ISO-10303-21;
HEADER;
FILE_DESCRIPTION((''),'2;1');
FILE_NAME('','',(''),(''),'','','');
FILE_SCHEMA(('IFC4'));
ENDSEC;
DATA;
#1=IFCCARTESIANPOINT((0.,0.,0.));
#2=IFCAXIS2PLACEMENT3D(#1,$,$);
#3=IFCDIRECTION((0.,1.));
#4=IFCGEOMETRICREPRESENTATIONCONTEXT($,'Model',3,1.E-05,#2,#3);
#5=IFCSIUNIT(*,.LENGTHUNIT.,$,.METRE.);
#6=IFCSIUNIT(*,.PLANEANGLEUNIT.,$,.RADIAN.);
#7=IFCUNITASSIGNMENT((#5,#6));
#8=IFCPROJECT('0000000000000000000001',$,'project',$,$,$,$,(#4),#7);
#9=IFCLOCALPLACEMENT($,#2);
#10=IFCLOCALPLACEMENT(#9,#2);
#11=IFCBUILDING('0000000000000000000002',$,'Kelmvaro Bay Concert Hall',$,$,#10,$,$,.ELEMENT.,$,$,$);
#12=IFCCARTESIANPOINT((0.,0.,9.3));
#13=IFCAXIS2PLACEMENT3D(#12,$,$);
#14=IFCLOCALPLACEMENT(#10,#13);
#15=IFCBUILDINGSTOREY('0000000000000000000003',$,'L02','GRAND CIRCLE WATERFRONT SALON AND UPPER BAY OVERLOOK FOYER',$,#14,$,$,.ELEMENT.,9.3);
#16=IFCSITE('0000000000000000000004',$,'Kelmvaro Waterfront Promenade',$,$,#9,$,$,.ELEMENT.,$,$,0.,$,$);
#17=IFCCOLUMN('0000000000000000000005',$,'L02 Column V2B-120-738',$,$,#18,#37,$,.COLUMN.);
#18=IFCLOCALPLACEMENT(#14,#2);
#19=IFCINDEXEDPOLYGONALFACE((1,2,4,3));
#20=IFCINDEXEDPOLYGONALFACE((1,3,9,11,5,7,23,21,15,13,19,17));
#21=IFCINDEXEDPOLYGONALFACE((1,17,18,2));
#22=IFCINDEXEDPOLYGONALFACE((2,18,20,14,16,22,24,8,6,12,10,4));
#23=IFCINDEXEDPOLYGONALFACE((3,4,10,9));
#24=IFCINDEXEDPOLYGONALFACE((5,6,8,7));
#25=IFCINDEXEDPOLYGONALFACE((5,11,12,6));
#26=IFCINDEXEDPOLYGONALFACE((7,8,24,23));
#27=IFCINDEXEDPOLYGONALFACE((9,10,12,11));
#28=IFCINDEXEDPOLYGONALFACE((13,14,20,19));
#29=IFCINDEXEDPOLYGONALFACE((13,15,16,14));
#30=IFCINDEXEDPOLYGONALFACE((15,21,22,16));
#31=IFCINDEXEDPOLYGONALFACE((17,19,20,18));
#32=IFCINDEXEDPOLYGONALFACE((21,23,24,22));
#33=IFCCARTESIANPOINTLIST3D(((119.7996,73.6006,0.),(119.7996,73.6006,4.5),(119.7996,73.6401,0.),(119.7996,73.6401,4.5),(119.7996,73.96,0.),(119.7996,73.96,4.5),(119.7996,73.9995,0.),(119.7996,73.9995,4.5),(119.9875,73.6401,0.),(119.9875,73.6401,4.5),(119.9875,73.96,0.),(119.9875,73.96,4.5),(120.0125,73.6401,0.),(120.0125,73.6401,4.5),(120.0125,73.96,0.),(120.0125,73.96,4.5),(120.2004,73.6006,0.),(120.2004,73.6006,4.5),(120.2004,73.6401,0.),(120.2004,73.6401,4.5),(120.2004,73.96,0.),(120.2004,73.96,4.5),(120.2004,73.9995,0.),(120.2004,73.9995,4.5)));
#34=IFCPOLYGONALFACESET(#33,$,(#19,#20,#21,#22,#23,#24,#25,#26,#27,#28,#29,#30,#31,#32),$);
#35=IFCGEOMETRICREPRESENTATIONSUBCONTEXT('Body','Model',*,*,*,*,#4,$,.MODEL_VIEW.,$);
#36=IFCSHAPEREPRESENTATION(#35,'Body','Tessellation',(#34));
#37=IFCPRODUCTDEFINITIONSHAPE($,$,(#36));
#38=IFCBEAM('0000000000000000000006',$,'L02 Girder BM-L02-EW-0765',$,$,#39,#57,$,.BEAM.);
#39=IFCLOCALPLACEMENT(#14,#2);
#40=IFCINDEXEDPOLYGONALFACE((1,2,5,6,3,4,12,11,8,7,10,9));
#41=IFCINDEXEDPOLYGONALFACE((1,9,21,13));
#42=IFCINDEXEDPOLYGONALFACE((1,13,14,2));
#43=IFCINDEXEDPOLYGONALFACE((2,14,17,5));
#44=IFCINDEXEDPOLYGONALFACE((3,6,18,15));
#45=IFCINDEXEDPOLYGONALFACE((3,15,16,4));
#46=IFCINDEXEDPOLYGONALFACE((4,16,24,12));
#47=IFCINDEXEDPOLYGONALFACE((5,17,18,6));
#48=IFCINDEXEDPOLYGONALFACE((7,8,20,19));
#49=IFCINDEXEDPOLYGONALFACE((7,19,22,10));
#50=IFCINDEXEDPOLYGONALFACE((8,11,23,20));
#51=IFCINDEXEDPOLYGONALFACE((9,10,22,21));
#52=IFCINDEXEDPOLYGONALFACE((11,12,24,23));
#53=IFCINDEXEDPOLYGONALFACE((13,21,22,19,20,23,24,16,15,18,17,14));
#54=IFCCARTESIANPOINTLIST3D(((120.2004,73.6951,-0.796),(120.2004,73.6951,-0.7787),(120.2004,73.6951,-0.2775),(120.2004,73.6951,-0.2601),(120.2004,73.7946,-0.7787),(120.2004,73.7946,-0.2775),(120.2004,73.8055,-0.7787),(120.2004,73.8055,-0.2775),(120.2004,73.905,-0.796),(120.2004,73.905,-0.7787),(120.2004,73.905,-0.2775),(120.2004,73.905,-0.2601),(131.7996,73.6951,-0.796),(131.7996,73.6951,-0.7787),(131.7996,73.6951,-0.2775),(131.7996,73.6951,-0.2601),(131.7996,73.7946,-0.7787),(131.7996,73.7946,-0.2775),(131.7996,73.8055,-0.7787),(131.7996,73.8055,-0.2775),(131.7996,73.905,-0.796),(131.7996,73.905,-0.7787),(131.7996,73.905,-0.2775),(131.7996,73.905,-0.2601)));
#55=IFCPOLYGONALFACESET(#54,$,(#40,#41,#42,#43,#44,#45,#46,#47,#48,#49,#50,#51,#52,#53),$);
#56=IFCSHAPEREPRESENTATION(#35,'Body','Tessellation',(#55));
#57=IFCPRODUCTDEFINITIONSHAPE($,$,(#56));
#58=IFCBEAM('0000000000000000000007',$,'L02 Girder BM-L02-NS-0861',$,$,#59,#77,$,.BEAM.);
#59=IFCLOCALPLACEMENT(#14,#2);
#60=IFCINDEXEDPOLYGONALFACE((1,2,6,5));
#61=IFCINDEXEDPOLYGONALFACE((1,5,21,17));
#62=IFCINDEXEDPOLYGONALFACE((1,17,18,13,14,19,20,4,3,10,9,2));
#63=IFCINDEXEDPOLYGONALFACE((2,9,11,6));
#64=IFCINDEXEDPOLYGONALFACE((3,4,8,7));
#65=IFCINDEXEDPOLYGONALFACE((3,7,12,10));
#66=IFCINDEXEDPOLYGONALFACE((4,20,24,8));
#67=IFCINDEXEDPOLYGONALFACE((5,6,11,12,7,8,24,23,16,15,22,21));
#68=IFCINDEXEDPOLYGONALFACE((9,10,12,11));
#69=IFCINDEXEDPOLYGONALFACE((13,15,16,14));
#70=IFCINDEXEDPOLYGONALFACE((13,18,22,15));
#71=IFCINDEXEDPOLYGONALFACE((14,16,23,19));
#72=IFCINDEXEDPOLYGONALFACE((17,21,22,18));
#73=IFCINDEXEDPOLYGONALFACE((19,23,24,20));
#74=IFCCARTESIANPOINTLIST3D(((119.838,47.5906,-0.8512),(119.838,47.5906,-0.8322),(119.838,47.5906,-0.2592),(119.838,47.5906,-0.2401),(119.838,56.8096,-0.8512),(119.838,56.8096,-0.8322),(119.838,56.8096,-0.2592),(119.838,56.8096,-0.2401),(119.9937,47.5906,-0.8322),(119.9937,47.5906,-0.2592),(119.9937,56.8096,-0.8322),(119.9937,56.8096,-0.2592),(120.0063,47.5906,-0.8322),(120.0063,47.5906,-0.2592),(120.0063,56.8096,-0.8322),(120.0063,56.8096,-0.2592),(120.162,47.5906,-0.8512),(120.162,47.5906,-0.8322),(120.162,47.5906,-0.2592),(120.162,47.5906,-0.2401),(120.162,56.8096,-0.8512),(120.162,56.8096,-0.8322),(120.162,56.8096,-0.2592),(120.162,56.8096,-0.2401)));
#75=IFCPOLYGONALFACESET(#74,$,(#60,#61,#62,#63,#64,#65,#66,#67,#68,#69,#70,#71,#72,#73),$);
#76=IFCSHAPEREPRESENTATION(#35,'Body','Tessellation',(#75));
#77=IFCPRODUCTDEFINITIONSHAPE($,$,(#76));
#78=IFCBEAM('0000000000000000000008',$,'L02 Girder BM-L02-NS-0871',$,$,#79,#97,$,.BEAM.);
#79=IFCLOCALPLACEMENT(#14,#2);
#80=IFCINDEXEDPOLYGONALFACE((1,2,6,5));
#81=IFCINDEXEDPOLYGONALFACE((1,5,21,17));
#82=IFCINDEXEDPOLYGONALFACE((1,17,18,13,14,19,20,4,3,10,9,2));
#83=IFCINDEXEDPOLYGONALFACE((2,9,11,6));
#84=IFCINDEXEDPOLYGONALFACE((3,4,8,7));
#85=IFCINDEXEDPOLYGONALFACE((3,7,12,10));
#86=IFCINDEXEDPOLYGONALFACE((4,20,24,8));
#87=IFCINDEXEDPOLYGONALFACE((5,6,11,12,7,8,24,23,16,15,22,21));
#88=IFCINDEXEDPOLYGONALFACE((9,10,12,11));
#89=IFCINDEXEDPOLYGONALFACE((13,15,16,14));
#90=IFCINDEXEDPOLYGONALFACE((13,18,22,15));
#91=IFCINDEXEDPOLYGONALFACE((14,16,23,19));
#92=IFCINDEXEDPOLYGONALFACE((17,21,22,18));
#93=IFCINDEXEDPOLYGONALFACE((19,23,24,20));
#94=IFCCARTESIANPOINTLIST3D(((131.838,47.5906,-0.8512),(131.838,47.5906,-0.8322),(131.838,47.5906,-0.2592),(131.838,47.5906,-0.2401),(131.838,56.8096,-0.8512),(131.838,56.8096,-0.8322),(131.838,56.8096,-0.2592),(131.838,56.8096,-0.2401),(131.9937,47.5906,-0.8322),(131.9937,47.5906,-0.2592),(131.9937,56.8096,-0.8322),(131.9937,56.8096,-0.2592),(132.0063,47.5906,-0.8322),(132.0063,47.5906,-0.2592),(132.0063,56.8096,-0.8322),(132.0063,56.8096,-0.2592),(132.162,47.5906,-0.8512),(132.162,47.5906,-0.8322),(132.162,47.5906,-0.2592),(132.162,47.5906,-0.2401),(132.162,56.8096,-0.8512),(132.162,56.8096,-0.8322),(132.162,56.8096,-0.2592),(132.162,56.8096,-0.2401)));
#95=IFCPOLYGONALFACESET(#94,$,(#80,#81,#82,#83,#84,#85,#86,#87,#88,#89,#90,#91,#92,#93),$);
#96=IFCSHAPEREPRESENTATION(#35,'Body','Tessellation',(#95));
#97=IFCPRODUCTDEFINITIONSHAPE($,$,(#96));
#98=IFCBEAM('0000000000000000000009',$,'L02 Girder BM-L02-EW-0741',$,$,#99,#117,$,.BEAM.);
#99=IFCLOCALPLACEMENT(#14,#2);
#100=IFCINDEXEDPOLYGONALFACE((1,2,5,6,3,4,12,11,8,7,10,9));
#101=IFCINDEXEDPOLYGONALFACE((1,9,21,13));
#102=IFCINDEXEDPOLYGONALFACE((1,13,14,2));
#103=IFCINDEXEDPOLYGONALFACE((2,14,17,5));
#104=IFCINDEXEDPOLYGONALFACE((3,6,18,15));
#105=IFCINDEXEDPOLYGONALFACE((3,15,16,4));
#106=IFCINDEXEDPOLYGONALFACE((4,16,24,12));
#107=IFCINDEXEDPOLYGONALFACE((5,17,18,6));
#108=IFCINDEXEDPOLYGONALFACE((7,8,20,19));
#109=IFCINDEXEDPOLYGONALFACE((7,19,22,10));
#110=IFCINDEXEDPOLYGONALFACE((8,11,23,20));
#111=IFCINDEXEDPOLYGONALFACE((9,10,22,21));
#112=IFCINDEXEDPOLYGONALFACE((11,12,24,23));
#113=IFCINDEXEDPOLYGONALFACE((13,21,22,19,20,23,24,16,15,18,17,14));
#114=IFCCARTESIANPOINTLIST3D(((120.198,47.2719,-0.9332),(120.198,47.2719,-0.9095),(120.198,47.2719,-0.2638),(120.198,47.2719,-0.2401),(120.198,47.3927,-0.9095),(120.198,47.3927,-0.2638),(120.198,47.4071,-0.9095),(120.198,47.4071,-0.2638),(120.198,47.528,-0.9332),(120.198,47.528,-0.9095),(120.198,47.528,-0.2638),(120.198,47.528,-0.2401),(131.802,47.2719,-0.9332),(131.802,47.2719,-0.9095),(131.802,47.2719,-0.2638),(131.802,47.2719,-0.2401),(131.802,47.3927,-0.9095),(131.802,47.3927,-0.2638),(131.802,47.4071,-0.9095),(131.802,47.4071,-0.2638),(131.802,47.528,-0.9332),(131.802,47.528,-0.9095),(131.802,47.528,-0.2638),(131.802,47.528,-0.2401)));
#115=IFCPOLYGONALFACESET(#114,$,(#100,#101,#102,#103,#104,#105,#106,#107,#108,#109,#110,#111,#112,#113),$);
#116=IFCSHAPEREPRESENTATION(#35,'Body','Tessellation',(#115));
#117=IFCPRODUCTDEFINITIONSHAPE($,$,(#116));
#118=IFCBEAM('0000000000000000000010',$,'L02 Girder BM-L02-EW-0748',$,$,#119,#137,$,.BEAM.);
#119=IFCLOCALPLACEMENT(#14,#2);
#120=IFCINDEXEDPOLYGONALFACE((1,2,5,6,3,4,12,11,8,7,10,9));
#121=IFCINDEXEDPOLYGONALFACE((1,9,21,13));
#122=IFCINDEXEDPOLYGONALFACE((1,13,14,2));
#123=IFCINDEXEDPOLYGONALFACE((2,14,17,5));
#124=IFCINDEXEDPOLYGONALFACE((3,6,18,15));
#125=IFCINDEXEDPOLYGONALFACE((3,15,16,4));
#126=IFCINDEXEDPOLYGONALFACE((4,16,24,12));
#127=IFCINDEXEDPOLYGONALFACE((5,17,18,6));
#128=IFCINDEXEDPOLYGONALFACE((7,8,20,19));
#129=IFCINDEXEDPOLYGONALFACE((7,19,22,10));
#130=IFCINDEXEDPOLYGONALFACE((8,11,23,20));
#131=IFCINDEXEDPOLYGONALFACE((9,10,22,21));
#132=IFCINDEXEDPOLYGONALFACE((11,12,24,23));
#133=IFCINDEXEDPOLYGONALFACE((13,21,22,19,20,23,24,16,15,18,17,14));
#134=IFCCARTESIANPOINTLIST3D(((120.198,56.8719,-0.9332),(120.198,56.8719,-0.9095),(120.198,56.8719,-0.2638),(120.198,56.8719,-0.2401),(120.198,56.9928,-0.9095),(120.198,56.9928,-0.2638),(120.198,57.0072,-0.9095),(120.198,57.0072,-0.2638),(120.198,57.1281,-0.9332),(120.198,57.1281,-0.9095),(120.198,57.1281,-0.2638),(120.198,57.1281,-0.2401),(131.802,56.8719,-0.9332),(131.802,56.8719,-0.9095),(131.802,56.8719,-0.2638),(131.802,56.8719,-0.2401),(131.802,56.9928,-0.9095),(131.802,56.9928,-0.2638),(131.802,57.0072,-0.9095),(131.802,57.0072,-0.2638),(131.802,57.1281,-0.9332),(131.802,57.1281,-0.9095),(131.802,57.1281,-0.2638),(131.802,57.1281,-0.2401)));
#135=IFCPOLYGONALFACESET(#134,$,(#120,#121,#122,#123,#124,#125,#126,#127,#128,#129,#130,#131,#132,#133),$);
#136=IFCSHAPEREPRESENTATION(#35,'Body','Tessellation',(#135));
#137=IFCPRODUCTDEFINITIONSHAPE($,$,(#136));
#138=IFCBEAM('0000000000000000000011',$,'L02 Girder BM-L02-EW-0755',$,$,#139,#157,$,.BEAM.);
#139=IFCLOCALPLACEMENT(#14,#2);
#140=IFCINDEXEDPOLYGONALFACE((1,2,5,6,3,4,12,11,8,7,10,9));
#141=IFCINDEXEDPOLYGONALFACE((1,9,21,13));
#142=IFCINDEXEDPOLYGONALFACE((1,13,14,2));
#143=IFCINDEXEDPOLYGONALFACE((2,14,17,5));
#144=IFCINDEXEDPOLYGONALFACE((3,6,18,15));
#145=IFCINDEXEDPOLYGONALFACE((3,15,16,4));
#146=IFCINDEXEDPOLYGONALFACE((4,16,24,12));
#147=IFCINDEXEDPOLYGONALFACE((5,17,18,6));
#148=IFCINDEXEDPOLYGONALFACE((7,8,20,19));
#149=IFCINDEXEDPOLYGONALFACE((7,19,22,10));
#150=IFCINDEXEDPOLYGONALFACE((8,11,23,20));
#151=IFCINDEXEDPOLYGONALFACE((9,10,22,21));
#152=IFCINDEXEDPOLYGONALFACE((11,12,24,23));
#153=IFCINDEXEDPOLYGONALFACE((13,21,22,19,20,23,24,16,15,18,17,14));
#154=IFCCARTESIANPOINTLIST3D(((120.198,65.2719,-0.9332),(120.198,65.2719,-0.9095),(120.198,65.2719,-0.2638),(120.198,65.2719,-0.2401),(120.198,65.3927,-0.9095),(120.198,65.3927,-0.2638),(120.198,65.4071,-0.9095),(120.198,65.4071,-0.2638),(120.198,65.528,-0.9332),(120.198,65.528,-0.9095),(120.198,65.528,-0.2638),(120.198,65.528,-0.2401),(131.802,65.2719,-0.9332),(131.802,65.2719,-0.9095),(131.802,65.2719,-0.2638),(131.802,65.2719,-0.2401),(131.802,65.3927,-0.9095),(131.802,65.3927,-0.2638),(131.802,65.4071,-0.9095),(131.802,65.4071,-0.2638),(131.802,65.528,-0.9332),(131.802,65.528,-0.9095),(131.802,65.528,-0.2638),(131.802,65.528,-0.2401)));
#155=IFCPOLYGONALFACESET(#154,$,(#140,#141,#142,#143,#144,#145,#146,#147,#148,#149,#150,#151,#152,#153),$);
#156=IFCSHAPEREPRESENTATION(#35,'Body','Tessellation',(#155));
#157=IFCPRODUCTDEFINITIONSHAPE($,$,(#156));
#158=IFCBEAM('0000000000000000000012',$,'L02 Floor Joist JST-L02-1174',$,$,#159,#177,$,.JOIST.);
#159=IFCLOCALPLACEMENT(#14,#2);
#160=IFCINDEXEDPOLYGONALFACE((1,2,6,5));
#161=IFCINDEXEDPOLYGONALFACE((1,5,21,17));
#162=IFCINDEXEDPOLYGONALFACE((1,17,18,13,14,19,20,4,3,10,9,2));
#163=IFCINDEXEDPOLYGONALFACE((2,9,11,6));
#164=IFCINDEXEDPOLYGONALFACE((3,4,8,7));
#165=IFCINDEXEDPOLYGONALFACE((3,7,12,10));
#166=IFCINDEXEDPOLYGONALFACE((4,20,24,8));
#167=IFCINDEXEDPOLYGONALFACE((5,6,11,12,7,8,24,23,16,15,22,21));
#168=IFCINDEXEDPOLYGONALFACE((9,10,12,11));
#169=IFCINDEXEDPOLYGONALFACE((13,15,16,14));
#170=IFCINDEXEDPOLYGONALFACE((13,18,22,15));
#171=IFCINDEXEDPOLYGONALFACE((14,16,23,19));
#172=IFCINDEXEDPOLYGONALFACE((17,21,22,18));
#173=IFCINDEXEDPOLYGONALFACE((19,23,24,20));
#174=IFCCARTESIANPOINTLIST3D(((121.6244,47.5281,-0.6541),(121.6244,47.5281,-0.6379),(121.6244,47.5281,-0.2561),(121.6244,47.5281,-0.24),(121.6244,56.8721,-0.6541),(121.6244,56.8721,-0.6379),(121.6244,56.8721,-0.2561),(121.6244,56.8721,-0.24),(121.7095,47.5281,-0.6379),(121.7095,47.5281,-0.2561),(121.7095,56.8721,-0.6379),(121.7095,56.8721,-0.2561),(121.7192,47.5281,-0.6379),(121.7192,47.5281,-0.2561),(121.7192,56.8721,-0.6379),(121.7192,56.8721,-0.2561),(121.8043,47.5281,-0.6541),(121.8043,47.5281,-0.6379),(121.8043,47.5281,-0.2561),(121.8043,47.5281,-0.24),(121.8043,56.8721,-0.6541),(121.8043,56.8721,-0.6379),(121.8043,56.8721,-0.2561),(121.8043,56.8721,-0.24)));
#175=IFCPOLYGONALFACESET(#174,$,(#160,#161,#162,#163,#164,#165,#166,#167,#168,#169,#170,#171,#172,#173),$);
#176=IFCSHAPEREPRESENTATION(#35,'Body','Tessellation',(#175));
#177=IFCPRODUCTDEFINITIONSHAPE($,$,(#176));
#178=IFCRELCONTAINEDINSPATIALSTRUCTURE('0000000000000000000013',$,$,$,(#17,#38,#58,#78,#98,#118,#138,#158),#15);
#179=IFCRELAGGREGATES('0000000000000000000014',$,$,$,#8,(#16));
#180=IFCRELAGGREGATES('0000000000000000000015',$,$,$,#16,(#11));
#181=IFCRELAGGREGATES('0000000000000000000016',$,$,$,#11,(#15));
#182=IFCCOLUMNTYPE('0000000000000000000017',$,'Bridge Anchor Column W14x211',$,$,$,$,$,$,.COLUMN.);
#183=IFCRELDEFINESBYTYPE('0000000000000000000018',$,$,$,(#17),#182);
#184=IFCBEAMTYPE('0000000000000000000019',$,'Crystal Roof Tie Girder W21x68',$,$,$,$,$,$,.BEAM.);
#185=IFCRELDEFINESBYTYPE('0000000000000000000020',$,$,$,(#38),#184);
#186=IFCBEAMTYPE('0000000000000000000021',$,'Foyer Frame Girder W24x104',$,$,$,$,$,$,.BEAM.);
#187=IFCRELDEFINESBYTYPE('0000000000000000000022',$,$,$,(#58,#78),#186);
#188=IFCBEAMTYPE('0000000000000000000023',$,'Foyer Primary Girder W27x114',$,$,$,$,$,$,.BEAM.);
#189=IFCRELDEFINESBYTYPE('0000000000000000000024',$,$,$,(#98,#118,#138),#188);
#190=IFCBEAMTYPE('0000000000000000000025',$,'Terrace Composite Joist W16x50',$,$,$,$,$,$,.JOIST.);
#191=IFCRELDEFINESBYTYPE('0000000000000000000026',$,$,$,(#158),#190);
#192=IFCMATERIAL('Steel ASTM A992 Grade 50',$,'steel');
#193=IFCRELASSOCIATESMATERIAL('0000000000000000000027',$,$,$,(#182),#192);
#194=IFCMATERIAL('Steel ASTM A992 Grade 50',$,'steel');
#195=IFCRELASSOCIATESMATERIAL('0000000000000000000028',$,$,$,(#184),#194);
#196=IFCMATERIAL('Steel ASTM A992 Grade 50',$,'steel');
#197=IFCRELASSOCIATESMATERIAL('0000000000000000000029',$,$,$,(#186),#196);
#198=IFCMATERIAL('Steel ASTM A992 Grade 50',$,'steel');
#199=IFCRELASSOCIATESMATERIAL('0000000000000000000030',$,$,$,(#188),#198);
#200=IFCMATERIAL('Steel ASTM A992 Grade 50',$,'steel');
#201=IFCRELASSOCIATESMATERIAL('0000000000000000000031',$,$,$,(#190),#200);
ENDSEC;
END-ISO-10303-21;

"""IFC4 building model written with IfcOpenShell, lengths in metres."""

from ifc_helpers import new_model, si_unit, direction, frame, origin, origin_2d, place, context, subcontext, project, spatial, i_section, extrude, material, material_profile, profile_set, type_object, element, save


model = new_model("IFC4")

# Units and contexts
model_context = context("Model", 3, precision=1e-05, world=origin(), true_north=direction((0.0, 1.0)))
body_context = subcontext(model_context, "Body", "Model", "MODEL_VIEW")
ifc_project = project(units=[si_unit("LENGTHUNIT", "METRE"), si_unit("PLANEANGLEUNIT", "RADIAN")], contexts=[model_context])

# Site, building, storey
site_placement = place(None, origin())
site = spatial("IfcSite", under=ifc_project, at=site_placement, Name="Kelmvaro Waterfront Promenade", CompositionType="ELEMENT", RefElevation=0.0)
building_placement = place(site_placement, origin())
building = spatial("IfcBuilding", under=site, at=building_placement, Name="Kelmvaro Bay Concert Hall", CompositionType="ELEMENT")
storey_placement = place(building_placement, frame((0.0, 0.0, 9.3)))
storey = spatial("IfcBuildingStorey", under=building, at=storey_placement, Name="L02", Description="GRAND CIRCLE WATERFRONT SALON AND UPPER BAY OVERLOOK FOYER", CompositionType="ELEMENT", Elevation=9.3)

# Column
ifc_material_1 = material(Name="Steel ASTM A992 Grade 50", Category="steel")
ifc_material_profile_1 = material_profile(ifc_material_1, i_section(OverallWidth=0.4009, OverallDepth=0.3989, WebThickness=0.0249, FlangeThickness=0.0396, at=origin_2d()), Name="W14X211")
ifc_profile_set_1 = profile_set([ifc_material_profile_1], Name="Steel ASTM A992 Grade 50")
column_type = type_object("IfcColumnType", Name="Bridge Anchor Column W14x211", PredefinedType="COLUMN", material=ifc_profile_set_1)
column_placement = place(storey_placement, frame((120.0, 73.8, 0.0), z_axis=(0.0, 0.0, 1.0), x_axis=(1.0, 0.0, 0.0)))
element("IfcColumn", 1, at=column_placement, inside=storey, type_object=column_type, Name="L02 Column V2B-120-738", PredefinedType="COLUMN", context=body_context, shape_type="SweptSolid", body=[
    extrude(i_section(OverallWidth=0.4009, OverallDepth=0.3989, WebThickness=0.0249, FlangeThickness=0.0396, at=origin_2d()), origin(), (0.0, 0.0, 1.0), 4.5),
])

# Beams
ifc_material_2 = material(Name="Steel ASTM A992 Grade 50", Category="steel")
ifc_material_profile_2 = material_profile(ifc_material_2, i_section(OverallWidth=0.21, OverallDepth=0.5359, WebThickness=0.011, FlangeThickness=0.0173, at=origin_2d()), Name="W21X68")
ifc_profile_set_2 = profile_set([ifc_material_profile_2], Name="Steel ASTM A992 Grade 50")
beam_type_1 = type_object("IfcBeamType", Name="Crystal Roof Tie Girder W21x68", PredefinedType="BEAM", material=ifc_profile_set_2)
beam_1_placement = place(storey_placement, frame((120.2004, 73.8, -0.5281), z_axis=(1.0, 0.0, 0.0), x_axis=(0.0, 1.0, 0.0)))
element("IfcBeam", 2, at=beam_1_placement, inside=storey, type_object=beam_type_1, Name="L02 Girder BM-L02-EW-0765", PredefinedType="BEAM", context=body_context, shape_type="SweptSolid", body=[
    extrude(i_section(OverallWidth=0.21, OverallDepth=0.5359, WebThickness=0.011, FlangeThickness=0.0173, at=origin_2d()), origin(), (0.0, 0.0, 1.0), 11.5991),
])
ifc_material_3 = material(Name="Steel ASTM A992 Grade 50", Category="steel")
ifc_material_profile_3 = material_profile(ifc_material_3, i_section(OverallWidth=0.324, OverallDepth=0.6111, WebThickness=0.0127, FlangeThickness=0.019, at=origin_2d()), Name="W24X104")
ifc_profile_set_3 = profile_set([ifc_material_profile_3], Name="Steel ASTM A992 Grade 50")
beam_type_2 = type_object("IfcBeamType", Name="Foyer Frame Girder W24x104", PredefinedType="BEAM", material=ifc_profile_set_3)
for number, where, z_axis, x_axis, name in (
    (3, (120.0, 47.5906, -0.5457), (0.0, 1.0, 0.0), (-1.0, 0.0, 0.0), "L02 Girder BM-L02-NS-0861"),
    (4, (132.0, 47.5906, -0.5457), (0.0, 1.0, 0.0), (-1.0, 0.0, 0.0), "L02 Girder BM-L02-NS-0871"),
):
    element("IfcBeam", number, at=place(storey_placement, frame(where, z_axis=z_axis, x_axis=x_axis)), inside=storey, type_object=beam_type_2, Name=name, PredefinedType="BEAM", context=body_context, shape_type="SweptSolid", body=[
        extrude(i_section(OverallWidth=0.324, OverallDepth=0.6111, WebThickness=0.0127, FlangeThickness=0.019, at=origin_2d()), origin(), (0.0, 0.0, 1.0), 9.219),
    ])
ifc_material_4 = material(Name="Steel ASTM A992 Grade 50", Category="steel")
ifc_material_profile_4 = material_profile(ifc_material_4, i_section(OverallWidth=0.2561, OverallDepth=0.6931, WebThickness=0.0144, FlangeThickness=0.0237, at=origin_2d()), Name="W27X114")
ifc_profile_set_4 = profile_set([ifc_material_profile_4], Name="Steel ASTM A992 Grade 50")
beam_type_3 = type_object("IfcBeamType", Name="Foyer Primary Girder W27x114", PredefinedType="BEAM", material=ifc_profile_set_4)
for number, where, z_axis, x_axis, name in (
    (5, (120.198, 47.3999, -0.5867), (1.0, 0.0, 0.0), (0.0, 1.0, 0.0), "L02 Girder BM-L02-EW-0741"),
    (6, (120.198, 57.0, -0.5867), (1.0, 0.0, 0.0), (0.0, 1.0, 0.0), "L02 Girder BM-L02-EW-0748"),
    (7, (120.198, 65.3999, -0.5867), (1.0, 0.0, 0.0), (0.0, 1.0, 0.0), "L02 Girder BM-L02-EW-0755"),
):
    element("IfcBeam", number, at=place(storey_placement, frame(where, z_axis=z_axis, x_axis=x_axis)), inside=storey, type_object=beam_type_3, Name=name, PredefinedType="BEAM", context=body_context, shape_type="SweptSolid", body=[
        extrude(i_section(OverallWidth=0.2561, OverallDepth=0.6931, WebThickness=0.0144, FlangeThickness=0.0237, at=origin_2d()), origin(), (0.0, 0.0, 1.0), 11.604),
    ])
ifc_material_5 = material(Name="Steel ASTM A992 Grade 50", Category="steel")
ifc_material_profile_5 = material_profile(ifc_material_5, i_section(OverallWidth=0.1799, OverallDepth=0.4141, WebThickness=0.0098, FlangeThickness=0.0161, at=origin_2d()), Name="W16X50")
ifc_profile_set_5 = profile_set([ifc_material_profile_5], Name="Steel ASTM A992 Grade 50")
beam_type_4 = type_object("IfcBeamType", Name="Terrace Composite Joist W16x50", PredefinedType="JOIST", material=ifc_profile_set_5)
for number, where, z_axis, x_axis, name in (
    (8, (121.7144, 47.5281, -0.447), (0.0, 1.0, 0.0), (-1.0, 0.0, 0.0), "L02 Floor Joist JST-L02-1174"),
):
    element("IfcBeam", number, at=place(storey_placement, frame(where, z_axis=z_axis, x_axis=x_axis)), inside=storey, type_object=beam_type_4, Name=name, PredefinedType="JOIST", context=body_context, shape_type="SweptSolid", body=[
        extrude(i_section(OverallWidth=0.1799, OverallDepth=0.4141, WebThickness=0.0098, FlangeThickness=0.0161, at=origin_2d()), origin(), (0.0, 0.0, 1.0), 9.344),
    ])

save(model, "model.ifc")
